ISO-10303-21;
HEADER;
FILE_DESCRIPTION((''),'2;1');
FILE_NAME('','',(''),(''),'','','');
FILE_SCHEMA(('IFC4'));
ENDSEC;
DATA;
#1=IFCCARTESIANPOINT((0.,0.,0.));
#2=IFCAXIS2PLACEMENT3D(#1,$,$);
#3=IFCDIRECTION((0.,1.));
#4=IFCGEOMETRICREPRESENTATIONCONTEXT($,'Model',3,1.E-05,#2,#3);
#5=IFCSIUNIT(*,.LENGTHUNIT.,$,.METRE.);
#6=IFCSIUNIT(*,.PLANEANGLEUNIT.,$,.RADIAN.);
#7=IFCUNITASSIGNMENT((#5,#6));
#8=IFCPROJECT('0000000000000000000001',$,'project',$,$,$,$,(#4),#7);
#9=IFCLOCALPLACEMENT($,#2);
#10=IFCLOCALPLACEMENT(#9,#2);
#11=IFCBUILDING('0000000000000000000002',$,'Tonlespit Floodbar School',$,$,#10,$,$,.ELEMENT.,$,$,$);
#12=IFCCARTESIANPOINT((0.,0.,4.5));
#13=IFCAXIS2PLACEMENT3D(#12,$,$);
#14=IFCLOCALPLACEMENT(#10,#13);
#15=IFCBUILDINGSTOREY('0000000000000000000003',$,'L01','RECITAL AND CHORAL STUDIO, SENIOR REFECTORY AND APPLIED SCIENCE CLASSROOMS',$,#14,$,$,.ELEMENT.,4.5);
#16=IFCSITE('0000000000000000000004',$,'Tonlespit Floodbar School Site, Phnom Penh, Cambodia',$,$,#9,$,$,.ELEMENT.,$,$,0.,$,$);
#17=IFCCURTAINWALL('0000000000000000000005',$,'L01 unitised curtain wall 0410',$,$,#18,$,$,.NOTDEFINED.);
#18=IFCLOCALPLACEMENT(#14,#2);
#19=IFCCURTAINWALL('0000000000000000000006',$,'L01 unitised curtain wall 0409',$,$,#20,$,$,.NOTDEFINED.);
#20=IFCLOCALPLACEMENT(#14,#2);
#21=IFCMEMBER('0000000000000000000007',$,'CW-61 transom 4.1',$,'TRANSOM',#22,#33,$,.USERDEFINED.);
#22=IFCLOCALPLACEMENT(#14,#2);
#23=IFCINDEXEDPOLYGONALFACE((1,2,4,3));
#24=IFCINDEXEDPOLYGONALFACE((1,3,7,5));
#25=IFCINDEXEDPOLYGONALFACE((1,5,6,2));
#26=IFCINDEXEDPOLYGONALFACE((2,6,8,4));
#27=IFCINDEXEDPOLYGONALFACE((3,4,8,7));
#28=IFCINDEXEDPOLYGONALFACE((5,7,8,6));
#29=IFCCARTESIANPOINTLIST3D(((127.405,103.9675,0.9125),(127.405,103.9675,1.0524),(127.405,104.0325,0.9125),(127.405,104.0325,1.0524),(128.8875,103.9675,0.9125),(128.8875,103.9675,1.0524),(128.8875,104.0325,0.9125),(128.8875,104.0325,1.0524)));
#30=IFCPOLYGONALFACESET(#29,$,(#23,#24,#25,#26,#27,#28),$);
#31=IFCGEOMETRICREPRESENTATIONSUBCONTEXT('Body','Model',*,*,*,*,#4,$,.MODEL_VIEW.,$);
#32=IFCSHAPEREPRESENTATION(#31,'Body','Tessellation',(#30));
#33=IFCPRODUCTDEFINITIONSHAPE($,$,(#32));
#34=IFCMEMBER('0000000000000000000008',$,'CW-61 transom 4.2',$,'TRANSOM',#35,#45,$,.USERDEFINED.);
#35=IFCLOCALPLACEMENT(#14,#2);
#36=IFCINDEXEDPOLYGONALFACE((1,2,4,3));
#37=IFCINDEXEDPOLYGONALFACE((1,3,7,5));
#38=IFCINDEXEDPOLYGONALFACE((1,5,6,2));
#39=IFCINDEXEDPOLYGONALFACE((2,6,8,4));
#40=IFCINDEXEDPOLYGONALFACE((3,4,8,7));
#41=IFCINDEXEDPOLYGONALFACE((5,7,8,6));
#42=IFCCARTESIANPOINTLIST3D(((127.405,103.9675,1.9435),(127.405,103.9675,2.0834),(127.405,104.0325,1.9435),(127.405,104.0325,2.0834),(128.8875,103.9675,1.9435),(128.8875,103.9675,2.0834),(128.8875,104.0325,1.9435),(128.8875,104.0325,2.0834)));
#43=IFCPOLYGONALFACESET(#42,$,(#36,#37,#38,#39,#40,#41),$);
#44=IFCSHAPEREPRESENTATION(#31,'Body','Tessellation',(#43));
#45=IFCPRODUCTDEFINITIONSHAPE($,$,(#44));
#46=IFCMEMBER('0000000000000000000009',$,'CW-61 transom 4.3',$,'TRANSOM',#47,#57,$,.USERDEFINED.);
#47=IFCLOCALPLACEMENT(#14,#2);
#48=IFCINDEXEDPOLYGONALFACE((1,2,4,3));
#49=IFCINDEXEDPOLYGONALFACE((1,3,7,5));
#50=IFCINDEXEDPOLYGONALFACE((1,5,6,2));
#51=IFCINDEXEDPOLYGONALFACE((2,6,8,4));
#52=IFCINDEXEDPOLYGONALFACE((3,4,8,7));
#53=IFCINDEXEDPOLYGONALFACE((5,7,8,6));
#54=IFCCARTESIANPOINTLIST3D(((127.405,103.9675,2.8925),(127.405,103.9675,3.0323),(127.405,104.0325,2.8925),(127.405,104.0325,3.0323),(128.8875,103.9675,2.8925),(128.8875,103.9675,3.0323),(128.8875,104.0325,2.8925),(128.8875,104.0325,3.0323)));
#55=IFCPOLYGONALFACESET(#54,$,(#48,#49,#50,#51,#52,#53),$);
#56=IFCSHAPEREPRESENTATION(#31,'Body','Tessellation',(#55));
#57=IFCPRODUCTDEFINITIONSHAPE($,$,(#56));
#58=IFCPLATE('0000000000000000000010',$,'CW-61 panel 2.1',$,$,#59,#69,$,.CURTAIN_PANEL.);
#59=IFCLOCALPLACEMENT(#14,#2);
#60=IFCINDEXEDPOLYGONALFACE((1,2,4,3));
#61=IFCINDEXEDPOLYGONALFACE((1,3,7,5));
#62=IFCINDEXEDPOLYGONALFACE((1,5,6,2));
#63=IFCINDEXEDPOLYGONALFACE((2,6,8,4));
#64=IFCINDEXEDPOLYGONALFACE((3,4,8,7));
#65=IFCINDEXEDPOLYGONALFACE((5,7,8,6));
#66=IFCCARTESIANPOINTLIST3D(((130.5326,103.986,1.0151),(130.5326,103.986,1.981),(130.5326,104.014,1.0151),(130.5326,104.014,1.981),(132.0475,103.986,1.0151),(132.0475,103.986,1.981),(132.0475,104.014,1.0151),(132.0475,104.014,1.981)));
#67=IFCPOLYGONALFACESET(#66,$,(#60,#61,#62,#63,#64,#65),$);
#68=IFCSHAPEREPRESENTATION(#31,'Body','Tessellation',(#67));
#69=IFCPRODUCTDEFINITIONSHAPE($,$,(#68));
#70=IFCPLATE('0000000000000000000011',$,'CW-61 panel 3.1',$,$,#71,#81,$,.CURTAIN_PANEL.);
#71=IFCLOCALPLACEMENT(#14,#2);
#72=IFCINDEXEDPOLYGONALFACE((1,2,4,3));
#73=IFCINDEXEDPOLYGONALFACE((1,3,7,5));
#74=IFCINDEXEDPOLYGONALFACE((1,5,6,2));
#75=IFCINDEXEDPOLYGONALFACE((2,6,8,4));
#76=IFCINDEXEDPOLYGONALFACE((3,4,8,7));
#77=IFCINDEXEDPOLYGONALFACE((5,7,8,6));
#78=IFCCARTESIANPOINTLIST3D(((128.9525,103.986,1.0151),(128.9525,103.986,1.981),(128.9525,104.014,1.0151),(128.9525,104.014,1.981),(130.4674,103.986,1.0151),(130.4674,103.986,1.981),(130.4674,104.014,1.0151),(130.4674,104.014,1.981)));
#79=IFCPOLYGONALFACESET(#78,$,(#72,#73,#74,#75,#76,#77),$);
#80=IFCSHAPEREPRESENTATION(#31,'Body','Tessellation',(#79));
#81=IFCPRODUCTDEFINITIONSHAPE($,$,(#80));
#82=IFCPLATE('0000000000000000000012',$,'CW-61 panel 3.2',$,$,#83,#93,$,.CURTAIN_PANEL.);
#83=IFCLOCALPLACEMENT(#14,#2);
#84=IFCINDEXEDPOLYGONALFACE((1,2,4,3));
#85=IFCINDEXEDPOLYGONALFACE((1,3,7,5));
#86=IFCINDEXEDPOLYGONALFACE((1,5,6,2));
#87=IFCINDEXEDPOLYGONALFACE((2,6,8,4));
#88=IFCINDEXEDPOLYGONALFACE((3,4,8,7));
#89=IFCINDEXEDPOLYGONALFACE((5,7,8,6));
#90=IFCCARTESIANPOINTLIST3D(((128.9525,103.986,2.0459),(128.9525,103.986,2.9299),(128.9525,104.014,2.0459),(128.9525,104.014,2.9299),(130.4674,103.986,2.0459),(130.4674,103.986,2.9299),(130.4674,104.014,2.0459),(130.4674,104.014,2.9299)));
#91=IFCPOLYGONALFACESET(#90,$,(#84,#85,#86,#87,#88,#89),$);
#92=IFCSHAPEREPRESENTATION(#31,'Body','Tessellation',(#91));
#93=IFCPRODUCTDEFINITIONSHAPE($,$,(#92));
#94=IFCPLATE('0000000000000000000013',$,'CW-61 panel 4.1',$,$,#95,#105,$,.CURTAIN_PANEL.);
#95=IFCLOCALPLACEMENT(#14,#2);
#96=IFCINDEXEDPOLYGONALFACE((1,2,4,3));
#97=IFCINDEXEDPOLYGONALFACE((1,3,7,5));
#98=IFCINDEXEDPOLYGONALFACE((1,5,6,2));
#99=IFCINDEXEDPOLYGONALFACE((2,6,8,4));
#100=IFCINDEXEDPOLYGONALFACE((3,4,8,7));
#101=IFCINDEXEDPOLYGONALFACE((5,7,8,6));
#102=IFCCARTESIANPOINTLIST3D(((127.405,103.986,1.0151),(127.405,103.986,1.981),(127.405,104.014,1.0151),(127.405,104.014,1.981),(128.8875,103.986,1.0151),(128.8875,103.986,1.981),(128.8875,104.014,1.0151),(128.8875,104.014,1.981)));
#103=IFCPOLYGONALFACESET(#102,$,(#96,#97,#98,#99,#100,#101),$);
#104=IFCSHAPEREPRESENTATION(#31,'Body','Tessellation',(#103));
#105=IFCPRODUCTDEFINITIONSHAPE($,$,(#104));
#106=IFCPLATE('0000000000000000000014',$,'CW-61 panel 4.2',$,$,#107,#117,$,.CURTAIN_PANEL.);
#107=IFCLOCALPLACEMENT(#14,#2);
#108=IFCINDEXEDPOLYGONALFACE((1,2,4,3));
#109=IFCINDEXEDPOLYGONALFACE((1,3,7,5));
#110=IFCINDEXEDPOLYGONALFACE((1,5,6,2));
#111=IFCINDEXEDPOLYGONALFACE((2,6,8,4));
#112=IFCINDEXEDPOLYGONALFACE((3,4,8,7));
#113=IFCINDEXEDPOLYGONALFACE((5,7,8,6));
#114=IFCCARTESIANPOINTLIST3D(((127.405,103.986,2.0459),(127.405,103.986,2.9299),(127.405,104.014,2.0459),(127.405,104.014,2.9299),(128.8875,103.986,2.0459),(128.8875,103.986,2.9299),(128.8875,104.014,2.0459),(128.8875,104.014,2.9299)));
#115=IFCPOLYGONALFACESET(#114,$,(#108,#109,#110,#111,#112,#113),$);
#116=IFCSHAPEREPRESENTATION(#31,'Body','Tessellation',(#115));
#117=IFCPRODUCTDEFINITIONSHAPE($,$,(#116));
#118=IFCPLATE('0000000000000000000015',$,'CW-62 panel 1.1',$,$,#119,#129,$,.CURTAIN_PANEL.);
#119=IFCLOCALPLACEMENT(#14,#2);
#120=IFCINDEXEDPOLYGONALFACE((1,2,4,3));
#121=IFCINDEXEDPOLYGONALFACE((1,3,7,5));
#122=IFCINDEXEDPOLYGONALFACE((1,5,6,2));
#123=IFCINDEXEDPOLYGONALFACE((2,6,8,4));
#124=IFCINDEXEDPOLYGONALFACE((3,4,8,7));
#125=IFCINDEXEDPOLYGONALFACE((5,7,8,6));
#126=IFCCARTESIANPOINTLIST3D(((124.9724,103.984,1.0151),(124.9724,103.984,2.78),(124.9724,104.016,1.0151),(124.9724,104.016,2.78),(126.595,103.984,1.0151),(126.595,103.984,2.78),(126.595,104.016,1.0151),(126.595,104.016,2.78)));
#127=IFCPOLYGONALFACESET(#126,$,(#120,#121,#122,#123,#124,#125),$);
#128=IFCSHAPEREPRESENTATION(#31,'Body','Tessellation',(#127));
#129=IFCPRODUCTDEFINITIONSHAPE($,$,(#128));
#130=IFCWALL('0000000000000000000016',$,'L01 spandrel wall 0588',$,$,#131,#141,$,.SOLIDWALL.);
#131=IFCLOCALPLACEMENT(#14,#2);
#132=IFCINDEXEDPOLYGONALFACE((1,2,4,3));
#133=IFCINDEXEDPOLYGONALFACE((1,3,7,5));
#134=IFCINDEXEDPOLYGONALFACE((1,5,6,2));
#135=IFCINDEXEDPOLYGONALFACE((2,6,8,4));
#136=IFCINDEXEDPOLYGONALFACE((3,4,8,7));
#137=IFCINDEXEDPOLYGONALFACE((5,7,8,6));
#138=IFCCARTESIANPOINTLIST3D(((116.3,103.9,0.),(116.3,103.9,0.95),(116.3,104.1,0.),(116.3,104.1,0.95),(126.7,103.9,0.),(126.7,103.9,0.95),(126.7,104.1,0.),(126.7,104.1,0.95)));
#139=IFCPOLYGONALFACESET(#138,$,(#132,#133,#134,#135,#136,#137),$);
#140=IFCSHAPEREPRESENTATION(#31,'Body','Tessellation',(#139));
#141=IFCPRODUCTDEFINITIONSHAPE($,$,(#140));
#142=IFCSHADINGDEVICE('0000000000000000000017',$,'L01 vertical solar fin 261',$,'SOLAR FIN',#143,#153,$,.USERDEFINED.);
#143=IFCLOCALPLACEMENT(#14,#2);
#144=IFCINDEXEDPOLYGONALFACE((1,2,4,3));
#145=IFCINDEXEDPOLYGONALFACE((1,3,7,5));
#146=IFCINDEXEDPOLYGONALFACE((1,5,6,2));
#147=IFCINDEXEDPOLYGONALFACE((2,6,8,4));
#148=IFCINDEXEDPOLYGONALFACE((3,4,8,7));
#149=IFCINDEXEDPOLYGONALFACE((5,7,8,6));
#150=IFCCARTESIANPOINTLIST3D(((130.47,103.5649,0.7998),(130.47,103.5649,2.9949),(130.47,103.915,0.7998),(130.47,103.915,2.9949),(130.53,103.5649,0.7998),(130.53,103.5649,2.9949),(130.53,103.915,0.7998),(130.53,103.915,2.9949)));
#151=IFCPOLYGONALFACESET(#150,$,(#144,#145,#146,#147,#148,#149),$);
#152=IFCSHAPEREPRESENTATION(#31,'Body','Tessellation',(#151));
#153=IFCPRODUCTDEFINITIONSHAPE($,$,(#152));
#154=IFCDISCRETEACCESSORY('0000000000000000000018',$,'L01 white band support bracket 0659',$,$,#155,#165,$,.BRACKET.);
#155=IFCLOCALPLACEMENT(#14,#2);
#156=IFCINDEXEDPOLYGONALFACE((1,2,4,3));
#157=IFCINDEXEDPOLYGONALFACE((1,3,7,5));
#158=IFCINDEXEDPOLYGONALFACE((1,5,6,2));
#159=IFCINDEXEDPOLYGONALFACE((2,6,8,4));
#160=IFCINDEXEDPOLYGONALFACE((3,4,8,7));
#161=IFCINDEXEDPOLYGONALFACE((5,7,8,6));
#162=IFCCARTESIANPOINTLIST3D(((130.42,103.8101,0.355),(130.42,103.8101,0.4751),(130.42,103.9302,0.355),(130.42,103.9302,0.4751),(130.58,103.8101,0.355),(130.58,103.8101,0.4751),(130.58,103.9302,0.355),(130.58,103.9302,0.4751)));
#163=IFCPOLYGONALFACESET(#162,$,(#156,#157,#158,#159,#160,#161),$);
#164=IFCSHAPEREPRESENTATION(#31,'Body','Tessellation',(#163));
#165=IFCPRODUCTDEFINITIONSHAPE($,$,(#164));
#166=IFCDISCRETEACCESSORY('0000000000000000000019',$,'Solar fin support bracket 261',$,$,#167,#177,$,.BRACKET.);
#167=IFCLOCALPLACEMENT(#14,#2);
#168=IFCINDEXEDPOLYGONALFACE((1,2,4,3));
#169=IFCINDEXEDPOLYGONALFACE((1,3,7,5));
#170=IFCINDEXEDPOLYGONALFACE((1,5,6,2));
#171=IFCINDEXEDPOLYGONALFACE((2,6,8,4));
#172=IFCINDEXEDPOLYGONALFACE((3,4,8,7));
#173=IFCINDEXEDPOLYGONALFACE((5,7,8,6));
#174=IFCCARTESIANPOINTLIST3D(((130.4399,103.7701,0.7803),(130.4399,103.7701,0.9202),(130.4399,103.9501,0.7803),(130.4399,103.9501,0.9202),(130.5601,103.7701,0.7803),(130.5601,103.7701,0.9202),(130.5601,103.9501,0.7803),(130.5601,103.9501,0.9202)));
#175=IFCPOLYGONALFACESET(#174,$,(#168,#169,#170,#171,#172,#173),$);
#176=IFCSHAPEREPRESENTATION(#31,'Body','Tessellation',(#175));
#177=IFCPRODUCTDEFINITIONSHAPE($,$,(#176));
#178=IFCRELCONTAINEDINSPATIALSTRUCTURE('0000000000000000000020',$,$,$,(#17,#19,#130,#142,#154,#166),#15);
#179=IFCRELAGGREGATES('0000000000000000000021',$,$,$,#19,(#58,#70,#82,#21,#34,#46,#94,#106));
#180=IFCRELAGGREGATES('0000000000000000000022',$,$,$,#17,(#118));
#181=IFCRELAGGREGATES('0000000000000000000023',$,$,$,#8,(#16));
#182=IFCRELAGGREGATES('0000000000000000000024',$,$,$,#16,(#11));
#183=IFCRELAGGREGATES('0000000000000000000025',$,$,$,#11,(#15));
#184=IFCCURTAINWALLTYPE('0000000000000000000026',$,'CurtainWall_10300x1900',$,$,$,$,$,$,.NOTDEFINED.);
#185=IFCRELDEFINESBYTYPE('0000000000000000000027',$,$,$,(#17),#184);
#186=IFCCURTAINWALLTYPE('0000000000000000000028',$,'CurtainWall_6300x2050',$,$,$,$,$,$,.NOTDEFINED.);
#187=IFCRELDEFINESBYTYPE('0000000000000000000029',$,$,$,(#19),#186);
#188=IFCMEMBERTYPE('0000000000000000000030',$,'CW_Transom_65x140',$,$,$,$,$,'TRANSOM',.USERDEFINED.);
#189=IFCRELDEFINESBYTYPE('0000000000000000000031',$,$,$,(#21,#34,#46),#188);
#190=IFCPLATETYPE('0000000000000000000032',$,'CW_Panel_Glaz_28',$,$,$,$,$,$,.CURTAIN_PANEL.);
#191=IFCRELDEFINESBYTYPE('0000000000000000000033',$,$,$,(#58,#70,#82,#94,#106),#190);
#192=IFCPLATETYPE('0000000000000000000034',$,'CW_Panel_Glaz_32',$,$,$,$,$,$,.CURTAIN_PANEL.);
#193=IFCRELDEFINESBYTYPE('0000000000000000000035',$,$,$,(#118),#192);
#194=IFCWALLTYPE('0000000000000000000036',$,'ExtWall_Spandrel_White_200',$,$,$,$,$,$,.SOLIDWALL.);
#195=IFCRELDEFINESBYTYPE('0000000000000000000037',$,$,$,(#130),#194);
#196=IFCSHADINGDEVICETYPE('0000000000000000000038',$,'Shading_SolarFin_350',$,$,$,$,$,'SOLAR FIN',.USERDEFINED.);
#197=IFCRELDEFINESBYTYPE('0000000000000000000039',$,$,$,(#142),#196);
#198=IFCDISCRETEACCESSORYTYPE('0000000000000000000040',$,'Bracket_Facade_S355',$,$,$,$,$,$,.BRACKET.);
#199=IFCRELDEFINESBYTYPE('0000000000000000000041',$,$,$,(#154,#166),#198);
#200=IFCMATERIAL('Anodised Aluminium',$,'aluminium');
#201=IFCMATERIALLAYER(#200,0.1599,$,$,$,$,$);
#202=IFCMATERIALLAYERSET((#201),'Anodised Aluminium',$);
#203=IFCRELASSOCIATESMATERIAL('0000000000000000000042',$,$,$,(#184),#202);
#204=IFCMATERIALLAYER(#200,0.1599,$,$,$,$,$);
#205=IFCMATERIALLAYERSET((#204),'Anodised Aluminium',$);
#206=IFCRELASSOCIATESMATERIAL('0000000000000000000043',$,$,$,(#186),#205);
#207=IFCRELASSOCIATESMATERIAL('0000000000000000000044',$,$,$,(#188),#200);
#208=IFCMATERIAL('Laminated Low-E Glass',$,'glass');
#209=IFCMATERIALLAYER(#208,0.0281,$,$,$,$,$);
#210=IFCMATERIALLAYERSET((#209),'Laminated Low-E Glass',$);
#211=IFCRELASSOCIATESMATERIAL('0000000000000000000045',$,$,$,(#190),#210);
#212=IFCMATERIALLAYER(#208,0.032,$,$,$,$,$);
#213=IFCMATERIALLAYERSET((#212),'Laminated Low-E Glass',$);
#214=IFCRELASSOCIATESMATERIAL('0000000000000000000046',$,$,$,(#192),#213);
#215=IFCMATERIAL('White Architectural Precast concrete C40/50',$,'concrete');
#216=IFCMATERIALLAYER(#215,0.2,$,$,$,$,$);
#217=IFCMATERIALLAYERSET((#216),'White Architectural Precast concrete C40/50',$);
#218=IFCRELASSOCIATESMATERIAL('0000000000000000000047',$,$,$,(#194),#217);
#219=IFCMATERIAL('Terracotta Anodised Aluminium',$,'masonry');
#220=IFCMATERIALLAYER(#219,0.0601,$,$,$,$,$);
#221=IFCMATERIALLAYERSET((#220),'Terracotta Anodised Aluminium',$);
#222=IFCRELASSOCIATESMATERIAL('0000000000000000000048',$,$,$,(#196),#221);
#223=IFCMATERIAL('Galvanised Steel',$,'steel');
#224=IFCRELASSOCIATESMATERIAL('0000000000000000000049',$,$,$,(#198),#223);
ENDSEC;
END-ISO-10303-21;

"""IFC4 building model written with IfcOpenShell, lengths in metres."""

from ifc_helpers import new_model, si_unit, direction, frame, frame_2d, origin, origin_2d, place, context, subcontext, project, spatial, rectangle, extrude, material, layer, layer_set, material_profile, profile_set, type_object, element, aggregate, save


model = new_model("IFC4")

# Units and contexts
model_context = context("Model", 3, precision=1e-05, world=origin(), true_north=direction((0.0, 1.0)))
body_context = subcontext(model_context, "Body", "Model", "MODEL_VIEW")
ifc_project = project(units=[si_unit("LENGTHUNIT", "METRE"), si_unit("PLANEANGLEUNIT", "RADIAN")], contexts=[model_context])

# Site, building, storey
site_placement = place(None, origin())
site = spatial("IfcSite", under=ifc_project, at=site_placement, Name="Tonlespit Floodbar School Site, Phnom Penh, Cambodia", CompositionType="ELEMENT", RefElevation=0.0)
building_placement = place(site_placement, origin())
building = spatial("IfcBuilding", under=site, at=building_placement, Name="Tonlespit Floodbar School", CompositionType="ELEMENT")
storey_placement = place(building_placement, frame((0.0, 0.0, 4.5)))
storey = spatial("IfcBuildingStorey", under=building, at=storey_placement, Name="L01", Description="RECITAL AND CHORAL STUDIO, SENIOR REFECTORY AND APPLIED SCIENCE CLASSROOMS", CompositionType="ELEMENT", Elevation=4.5)

# Curtain walls
ifc_material_1 = material(Name="Anodised Aluminium", Category="aluminium")
ifc_layer_1 = layer(ifc_material_1, 0.1599)
ifc_layer_set_1 = layer_set([ifc_layer_1], Name="Anodised Aluminium")
curtain_wall_type_1 = type_object("IfcCurtainWallType", Name="CurtainWall_10300x1900", PredefinedType="NOTDEFINED", material=ifc_layer_set_1)
curtain_wall_1_placement = place(storey_placement, origin())
curtain_wall_1 = element("IfcCurtainWall", 1, at=curtain_wall_1_placement, inside=storey, type_object=curtain_wall_type_1, Name="L01 unitised curtain wall 0410", PredefinedType="NOTDEFINED")
ifc_layer_2 = layer(ifc_material_1, 0.1599)
ifc_layer_set_2 = layer_set([ifc_layer_2], Name="Anodised Aluminium")
curtain_wall_type_2 = type_object("IfcCurtainWallType", Name="CurtainWall_6300x2050", PredefinedType="NOTDEFINED", material=ifc_layer_set_2)
curtain_wall_2_placement = place(storey_placement, origin())
curtain_wall_2 = element("IfcCurtainWall", 2, at=curtain_wall_2_placement, inside=storey, type_object=curtain_wall_type_2, Name="L01 unitised curtain wall 0409", PredefinedType="NOTDEFINED")

# Members
ifc_material_profile_1 = material_profile(ifc_material_1, rectangle(XDim=0.0649, YDim=0.1399, at=origin_2d()), Name="ALU T65x140")
ifc_profile_set_1 = profile_set([ifc_material_profile_1], Name="Anodised Aluminium")
member_type_1 = type_object("IfcMemberType", Name="CW_Transom_65x140", ElementType="TRANSOM", PredefinedType="USERDEFINED", material=ifc_profile_set_1)
member_1_placement = place(storey_placement, frame((128.8875, 104.0, 0.9824), z_axis=(-1.0, 0.0, 0.0), x_axis=(0.0, -1.0, 0.0)))
member_1 = element("IfcMember", 3, at=member_1_placement, type_object=member_type_1, Name="CW-61 transom 4.1", ObjectType="TRANSOM", PredefinedType="USERDEFINED", context=body_context, shape_type="SweptSolid", body=[
    extrude(rectangle(XDim=0.0649, YDim=0.1399, at=origin_2d()), origin(), (0.0, 0.0, 1.0), 1.4824),
])
member_2_placement = place(storey_placement, frame((128.8875, 104.0, 2.0134), z_axis=(-1.0, 0.0, 0.0), x_axis=(0.0, -1.0, 0.0)))
member_2 = element("IfcMember", 4, at=member_2_placement, type_object=member_type_1, Name="CW-61 transom 4.2", ObjectType="TRANSOM", PredefinedType="USERDEFINED", context=body_context, shape_type="SweptSolid", body=[
    extrude(rectangle(XDim=0.0649, YDim=0.1399, at=origin_2d()), origin(), (0.0, 0.0, 1.0), 1.4824),
])
member_3_placement = place(storey_placement, frame((128.8875, 104.0, 2.9624), z_axis=(-1.0, 0.0, 0.0), x_axis=(0.0, -1.0, 0.0)))
member_3 = element("IfcMember", 5, at=member_3_placement, type_object=member_type_1, Name="CW-61 transom 4.3", ObjectType="TRANSOM", PredefinedType="USERDEFINED", context=body_context, shape_type="SweptSolid", body=[
    extrude(rectangle(XDim=0.0649, YDim=0.1399, at=origin_2d()), origin(), (0.0, 0.0, 1.0), 1.4824),
])

# Plates
ifc_material_2 = material(Name="Laminated Low-E Glass", Category="glass")
ifc_layer_3 = layer(ifc_material_2, 0.0281)
ifc_layer_set_3 = layer_set([ifc_layer_3], Name="Laminated Low-E Glass")
plate_type_1 = type_object("IfcPlateType", Name="CW_Panel_Glaz_28", PredefinedType="CURTAIN_PANEL", material=ifc_layer_set_3)
plate_1_placement = place(storey_placement, frame((131.29, 104.0, 1.0151), z_axis=(0.0, 0.0, 1.0), x_axis=(-1.0, 0.0, 0.0)))
plate_1 = element("IfcPlate", 6, at=plate_1_placement, type_object=plate_type_1, Name="CW-61 panel 2.1", PredefinedType="CURTAIN_PANEL", context=body_context, shape_type="SweptSolid", body=[
    extrude(rectangle(XDim=1.5149, YDim=0.0281, at=origin_2d()), origin(), (0.0, 0.0, 1.0), 0.9658),
])
plate_2_placement = place(storey_placement, frame((129.71, 104.0, 1.0151), z_axis=(0.0, 0.0, 1.0), x_axis=(-1.0, 0.0, 0.0)))
plate_2 = element("IfcPlate", 7, at=plate_2_placement, type_object=plate_type_1, Name="CW-61 panel 3.1", PredefinedType="CURTAIN_PANEL", context=body_context, shape_type="SweptSolid", body=[
    extrude(rectangle(XDim=1.5149, YDim=0.0281, at=origin_2d()), origin(), (0.0, 0.0, 1.0), 0.9658),
])
plate_3_placement = place(storey_placement, frame((129.71, 104.0, 2.0459), z_axis=(0.0, 0.0, 1.0), x_axis=(-1.0, 0.0, 0.0)))
plate_3 = element("IfcPlate", 8, at=plate_3_placement, type_object=plate_type_1, Name="CW-61 panel 3.2", PredefinedType="CURTAIN_PANEL", context=body_context, shape_type="SweptSolid", body=[
    extrude(rectangle(XDim=1.5149, YDim=0.0281, at=origin_2d()), origin(), (0.0, 0.0, 1.0), 0.884),
])
plate_4_placement = place(storey_placement, frame((128.1462, 104.0, 1.0151), z_axis=(0.0, 0.0, 1.0), x_axis=(-1.0, 0.0, 0.0)))
plate_4 = element("IfcPlate", 9, at=plate_4_placement, type_object=plate_type_1, Name="CW-61 panel 4.1", PredefinedType="CURTAIN_PANEL", context=body_context, shape_type="SweptSolid", body=[
    extrude(rectangle(XDim=1.4824, YDim=0.0281, at=origin_2d()), origin(), (0.0, 0.0, 1.0), 0.9658),
])
plate_5_placement = place(storey_placement, frame((128.1462, 104.0, 2.0459), z_axis=(0.0, 0.0, 1.0), x_axis=(-1.0, 0.0, 0.0)))
plate_5 = element("IfcPlate", 10, at=plate_5_placement, type_object=plate_type_1, Name="CW-61 panel 4.2", PredefinedType="CURTAIN_PANEL", context=body_context, shape_type="SweptSolid", body=[
    extrude(rectangle(XDim=1.4824, YDim=0.0281, at=origin_2d()), origin(), (0.0, 0.0, 1.0), 0.884),
])
aggregate(curtain_wall_2, [plate_1, plate_2, plate_3, member_1, member_2, member_3, plate_4, plate_5])
ifc_layer_4 = layer(ifc_material_2, 0.032)
ifc_layer_set_4 = layer_set([ifc_layer_4], Name="Laminated Low-E Glass")
plate_type_2 = type_object("IfcPlateType", Name="CW_Panel_Glaz_32", PredefinedType="CURTAIN_PANEL", material=ifc_layer_set_4)
plate_6_placement = place(storey_placement, frame((125.7837, 104.0, 1.0151), z_axis=(0.0, 0.0, 1.0), x_axis=(-1.0, 0.0, 0.0)))
plate_6 = element("IfcPlate", 11, at=plate_6_placement, type_object=plate_type_2, Name="CW-62 panel 1.1", PredefinedType="CURTAIN_PANEL", context=body_context, shape_type="SweptSolid", body=[
    extrude(rectangle(XDim=1.6226, YDim=0.032, at=origin_2d()), origin(), (0.0, 0.0, 1.0), 1.7649),
])
aggregate(curtain_wall_1, [plate_6])

# Wall
ifc_material_3 = material(Name="White Architectural Precast concrete C40/50", Category="concrete")
ifc_layer_5 = layer(ifc_material_3, 0.2)
ifc_layer_set_5 = layer_set([ifc_layer_5], Name="White Architectural Precast concrete C40/50")
wall_type = type_object("IfcWallType", Name="ExtWall_Spandrel_White_200", PredefinedType="SOLIDWALL", material=ifc_layer_set_5)
wall_placement = place(storey_placement, frame((126.7, 104.0, 0.0), z_axis=(0.0, 0.0, 1.0), x_axis=(-1.0, 0.0, 0.0)))
element("IfcWall", 12, at=wall_placement, inside=storey, type_object=wall_type, Name="L01 spandrel wall 0588", PredefinedType="SOLIDWALL", context=body_context, shape_type="SweptSolid", body=[
    extrude(rectangle(XDim=10.3999, YDim=0.2, at=frame_2d((5.2, 0.0))), origin(), (0.0, 0.0, 1.0), 0.95),
])

# Shading device
ifc_material_4 = material(Name="Terracotta Anodised Aluminium", Category="masonry")
ifc_layer_6 = layer(ifc_material_4, 0.0601)
ifc_layer_set_6 = layer_set([ifc_layer_6], Name="Terracotta Anodised Aluminium")
shading_device_type = type_object("IfcShadingDeviceType", Name="Shading_SolarFin_350", ElementType="SOLAR FIN", PredefinedType="USERDEFINED", material=ifc_layer_set_6)
shading_device_placement = place(storey_placement, frame((130.5, 103.74, 0.7998), z_axis=(0.0, 0.0, 1.0), x_axis=(-1.0, 0.0, 0.0)))
element("IfcShadingDevice", 13, at=shading_device_placement, inside=storey, type_object=shading_device_type, Name="L01 vertical solar fin 261", ObjectType="SOLAR FIN", PredefinedType="USERDEFINED", context=body_context, shape_type="SweptSolid", body=[
    extrude(rectangle(XDim=0.0601, YDim=0.3501, at=origin_2d()), origin(), (0.0, 0.0, 1.0), 2.1951),
])

# Discrete accessories
ifc_material_5 = material(Name="Galvanised Steel", Category="steel")
discrete_accessory_type = type_object("IfcDiscreteAccessoryType", Name="Bracket_Facade_S355", PredefinedType="BRACKET", material=ifc_material_5)
discrete_accessory_1_placement = place(storey_placement, frame((130.5, 103.8701, 0.355), z_axis=(0.0, 0.0, 1.0), x_axis=(-1.0, 0.0, 0.0)))
element("IfcDiscreteAccessory", 14, at=discrete_accessory_1_placement, inside=storey, type_object=discrete_accessory_type, Name="L01 white band support bracket 0659", PredefinedType="BRACKET", context=body_context, shape_type="SweptSolid", body=[
    extrude(rectangle(XDim=0.1599, YDim=0.1201, at=origin_2d()), origin(), (0.0, 0.0, 1.0), 0.1201),
])
discrete_accessory_2_placement = place(storey_placement, frame((130.5, 103.8601, 0.7803), z_axis=(0.0, 0.0, 1.0), x_axis=(-1.0, 0.0, 0.0)))
element("IfcDiscreteAccessory", 15, at=discrete_accessory_2_placement, inside=storey, type_object=discrete_accessory_type, Name="Solar fin support bracket 261", PredefinedType="BRACKET", context=body_context, shape_type="SweptSolid", body=[
    extrude(rectangle(XDim=0.1201, YDim=0.1799, at=origin_2d()), origin(), (0.0, 0.0, 1.0), 0.1399),
])

save(model, "model.ifc")
